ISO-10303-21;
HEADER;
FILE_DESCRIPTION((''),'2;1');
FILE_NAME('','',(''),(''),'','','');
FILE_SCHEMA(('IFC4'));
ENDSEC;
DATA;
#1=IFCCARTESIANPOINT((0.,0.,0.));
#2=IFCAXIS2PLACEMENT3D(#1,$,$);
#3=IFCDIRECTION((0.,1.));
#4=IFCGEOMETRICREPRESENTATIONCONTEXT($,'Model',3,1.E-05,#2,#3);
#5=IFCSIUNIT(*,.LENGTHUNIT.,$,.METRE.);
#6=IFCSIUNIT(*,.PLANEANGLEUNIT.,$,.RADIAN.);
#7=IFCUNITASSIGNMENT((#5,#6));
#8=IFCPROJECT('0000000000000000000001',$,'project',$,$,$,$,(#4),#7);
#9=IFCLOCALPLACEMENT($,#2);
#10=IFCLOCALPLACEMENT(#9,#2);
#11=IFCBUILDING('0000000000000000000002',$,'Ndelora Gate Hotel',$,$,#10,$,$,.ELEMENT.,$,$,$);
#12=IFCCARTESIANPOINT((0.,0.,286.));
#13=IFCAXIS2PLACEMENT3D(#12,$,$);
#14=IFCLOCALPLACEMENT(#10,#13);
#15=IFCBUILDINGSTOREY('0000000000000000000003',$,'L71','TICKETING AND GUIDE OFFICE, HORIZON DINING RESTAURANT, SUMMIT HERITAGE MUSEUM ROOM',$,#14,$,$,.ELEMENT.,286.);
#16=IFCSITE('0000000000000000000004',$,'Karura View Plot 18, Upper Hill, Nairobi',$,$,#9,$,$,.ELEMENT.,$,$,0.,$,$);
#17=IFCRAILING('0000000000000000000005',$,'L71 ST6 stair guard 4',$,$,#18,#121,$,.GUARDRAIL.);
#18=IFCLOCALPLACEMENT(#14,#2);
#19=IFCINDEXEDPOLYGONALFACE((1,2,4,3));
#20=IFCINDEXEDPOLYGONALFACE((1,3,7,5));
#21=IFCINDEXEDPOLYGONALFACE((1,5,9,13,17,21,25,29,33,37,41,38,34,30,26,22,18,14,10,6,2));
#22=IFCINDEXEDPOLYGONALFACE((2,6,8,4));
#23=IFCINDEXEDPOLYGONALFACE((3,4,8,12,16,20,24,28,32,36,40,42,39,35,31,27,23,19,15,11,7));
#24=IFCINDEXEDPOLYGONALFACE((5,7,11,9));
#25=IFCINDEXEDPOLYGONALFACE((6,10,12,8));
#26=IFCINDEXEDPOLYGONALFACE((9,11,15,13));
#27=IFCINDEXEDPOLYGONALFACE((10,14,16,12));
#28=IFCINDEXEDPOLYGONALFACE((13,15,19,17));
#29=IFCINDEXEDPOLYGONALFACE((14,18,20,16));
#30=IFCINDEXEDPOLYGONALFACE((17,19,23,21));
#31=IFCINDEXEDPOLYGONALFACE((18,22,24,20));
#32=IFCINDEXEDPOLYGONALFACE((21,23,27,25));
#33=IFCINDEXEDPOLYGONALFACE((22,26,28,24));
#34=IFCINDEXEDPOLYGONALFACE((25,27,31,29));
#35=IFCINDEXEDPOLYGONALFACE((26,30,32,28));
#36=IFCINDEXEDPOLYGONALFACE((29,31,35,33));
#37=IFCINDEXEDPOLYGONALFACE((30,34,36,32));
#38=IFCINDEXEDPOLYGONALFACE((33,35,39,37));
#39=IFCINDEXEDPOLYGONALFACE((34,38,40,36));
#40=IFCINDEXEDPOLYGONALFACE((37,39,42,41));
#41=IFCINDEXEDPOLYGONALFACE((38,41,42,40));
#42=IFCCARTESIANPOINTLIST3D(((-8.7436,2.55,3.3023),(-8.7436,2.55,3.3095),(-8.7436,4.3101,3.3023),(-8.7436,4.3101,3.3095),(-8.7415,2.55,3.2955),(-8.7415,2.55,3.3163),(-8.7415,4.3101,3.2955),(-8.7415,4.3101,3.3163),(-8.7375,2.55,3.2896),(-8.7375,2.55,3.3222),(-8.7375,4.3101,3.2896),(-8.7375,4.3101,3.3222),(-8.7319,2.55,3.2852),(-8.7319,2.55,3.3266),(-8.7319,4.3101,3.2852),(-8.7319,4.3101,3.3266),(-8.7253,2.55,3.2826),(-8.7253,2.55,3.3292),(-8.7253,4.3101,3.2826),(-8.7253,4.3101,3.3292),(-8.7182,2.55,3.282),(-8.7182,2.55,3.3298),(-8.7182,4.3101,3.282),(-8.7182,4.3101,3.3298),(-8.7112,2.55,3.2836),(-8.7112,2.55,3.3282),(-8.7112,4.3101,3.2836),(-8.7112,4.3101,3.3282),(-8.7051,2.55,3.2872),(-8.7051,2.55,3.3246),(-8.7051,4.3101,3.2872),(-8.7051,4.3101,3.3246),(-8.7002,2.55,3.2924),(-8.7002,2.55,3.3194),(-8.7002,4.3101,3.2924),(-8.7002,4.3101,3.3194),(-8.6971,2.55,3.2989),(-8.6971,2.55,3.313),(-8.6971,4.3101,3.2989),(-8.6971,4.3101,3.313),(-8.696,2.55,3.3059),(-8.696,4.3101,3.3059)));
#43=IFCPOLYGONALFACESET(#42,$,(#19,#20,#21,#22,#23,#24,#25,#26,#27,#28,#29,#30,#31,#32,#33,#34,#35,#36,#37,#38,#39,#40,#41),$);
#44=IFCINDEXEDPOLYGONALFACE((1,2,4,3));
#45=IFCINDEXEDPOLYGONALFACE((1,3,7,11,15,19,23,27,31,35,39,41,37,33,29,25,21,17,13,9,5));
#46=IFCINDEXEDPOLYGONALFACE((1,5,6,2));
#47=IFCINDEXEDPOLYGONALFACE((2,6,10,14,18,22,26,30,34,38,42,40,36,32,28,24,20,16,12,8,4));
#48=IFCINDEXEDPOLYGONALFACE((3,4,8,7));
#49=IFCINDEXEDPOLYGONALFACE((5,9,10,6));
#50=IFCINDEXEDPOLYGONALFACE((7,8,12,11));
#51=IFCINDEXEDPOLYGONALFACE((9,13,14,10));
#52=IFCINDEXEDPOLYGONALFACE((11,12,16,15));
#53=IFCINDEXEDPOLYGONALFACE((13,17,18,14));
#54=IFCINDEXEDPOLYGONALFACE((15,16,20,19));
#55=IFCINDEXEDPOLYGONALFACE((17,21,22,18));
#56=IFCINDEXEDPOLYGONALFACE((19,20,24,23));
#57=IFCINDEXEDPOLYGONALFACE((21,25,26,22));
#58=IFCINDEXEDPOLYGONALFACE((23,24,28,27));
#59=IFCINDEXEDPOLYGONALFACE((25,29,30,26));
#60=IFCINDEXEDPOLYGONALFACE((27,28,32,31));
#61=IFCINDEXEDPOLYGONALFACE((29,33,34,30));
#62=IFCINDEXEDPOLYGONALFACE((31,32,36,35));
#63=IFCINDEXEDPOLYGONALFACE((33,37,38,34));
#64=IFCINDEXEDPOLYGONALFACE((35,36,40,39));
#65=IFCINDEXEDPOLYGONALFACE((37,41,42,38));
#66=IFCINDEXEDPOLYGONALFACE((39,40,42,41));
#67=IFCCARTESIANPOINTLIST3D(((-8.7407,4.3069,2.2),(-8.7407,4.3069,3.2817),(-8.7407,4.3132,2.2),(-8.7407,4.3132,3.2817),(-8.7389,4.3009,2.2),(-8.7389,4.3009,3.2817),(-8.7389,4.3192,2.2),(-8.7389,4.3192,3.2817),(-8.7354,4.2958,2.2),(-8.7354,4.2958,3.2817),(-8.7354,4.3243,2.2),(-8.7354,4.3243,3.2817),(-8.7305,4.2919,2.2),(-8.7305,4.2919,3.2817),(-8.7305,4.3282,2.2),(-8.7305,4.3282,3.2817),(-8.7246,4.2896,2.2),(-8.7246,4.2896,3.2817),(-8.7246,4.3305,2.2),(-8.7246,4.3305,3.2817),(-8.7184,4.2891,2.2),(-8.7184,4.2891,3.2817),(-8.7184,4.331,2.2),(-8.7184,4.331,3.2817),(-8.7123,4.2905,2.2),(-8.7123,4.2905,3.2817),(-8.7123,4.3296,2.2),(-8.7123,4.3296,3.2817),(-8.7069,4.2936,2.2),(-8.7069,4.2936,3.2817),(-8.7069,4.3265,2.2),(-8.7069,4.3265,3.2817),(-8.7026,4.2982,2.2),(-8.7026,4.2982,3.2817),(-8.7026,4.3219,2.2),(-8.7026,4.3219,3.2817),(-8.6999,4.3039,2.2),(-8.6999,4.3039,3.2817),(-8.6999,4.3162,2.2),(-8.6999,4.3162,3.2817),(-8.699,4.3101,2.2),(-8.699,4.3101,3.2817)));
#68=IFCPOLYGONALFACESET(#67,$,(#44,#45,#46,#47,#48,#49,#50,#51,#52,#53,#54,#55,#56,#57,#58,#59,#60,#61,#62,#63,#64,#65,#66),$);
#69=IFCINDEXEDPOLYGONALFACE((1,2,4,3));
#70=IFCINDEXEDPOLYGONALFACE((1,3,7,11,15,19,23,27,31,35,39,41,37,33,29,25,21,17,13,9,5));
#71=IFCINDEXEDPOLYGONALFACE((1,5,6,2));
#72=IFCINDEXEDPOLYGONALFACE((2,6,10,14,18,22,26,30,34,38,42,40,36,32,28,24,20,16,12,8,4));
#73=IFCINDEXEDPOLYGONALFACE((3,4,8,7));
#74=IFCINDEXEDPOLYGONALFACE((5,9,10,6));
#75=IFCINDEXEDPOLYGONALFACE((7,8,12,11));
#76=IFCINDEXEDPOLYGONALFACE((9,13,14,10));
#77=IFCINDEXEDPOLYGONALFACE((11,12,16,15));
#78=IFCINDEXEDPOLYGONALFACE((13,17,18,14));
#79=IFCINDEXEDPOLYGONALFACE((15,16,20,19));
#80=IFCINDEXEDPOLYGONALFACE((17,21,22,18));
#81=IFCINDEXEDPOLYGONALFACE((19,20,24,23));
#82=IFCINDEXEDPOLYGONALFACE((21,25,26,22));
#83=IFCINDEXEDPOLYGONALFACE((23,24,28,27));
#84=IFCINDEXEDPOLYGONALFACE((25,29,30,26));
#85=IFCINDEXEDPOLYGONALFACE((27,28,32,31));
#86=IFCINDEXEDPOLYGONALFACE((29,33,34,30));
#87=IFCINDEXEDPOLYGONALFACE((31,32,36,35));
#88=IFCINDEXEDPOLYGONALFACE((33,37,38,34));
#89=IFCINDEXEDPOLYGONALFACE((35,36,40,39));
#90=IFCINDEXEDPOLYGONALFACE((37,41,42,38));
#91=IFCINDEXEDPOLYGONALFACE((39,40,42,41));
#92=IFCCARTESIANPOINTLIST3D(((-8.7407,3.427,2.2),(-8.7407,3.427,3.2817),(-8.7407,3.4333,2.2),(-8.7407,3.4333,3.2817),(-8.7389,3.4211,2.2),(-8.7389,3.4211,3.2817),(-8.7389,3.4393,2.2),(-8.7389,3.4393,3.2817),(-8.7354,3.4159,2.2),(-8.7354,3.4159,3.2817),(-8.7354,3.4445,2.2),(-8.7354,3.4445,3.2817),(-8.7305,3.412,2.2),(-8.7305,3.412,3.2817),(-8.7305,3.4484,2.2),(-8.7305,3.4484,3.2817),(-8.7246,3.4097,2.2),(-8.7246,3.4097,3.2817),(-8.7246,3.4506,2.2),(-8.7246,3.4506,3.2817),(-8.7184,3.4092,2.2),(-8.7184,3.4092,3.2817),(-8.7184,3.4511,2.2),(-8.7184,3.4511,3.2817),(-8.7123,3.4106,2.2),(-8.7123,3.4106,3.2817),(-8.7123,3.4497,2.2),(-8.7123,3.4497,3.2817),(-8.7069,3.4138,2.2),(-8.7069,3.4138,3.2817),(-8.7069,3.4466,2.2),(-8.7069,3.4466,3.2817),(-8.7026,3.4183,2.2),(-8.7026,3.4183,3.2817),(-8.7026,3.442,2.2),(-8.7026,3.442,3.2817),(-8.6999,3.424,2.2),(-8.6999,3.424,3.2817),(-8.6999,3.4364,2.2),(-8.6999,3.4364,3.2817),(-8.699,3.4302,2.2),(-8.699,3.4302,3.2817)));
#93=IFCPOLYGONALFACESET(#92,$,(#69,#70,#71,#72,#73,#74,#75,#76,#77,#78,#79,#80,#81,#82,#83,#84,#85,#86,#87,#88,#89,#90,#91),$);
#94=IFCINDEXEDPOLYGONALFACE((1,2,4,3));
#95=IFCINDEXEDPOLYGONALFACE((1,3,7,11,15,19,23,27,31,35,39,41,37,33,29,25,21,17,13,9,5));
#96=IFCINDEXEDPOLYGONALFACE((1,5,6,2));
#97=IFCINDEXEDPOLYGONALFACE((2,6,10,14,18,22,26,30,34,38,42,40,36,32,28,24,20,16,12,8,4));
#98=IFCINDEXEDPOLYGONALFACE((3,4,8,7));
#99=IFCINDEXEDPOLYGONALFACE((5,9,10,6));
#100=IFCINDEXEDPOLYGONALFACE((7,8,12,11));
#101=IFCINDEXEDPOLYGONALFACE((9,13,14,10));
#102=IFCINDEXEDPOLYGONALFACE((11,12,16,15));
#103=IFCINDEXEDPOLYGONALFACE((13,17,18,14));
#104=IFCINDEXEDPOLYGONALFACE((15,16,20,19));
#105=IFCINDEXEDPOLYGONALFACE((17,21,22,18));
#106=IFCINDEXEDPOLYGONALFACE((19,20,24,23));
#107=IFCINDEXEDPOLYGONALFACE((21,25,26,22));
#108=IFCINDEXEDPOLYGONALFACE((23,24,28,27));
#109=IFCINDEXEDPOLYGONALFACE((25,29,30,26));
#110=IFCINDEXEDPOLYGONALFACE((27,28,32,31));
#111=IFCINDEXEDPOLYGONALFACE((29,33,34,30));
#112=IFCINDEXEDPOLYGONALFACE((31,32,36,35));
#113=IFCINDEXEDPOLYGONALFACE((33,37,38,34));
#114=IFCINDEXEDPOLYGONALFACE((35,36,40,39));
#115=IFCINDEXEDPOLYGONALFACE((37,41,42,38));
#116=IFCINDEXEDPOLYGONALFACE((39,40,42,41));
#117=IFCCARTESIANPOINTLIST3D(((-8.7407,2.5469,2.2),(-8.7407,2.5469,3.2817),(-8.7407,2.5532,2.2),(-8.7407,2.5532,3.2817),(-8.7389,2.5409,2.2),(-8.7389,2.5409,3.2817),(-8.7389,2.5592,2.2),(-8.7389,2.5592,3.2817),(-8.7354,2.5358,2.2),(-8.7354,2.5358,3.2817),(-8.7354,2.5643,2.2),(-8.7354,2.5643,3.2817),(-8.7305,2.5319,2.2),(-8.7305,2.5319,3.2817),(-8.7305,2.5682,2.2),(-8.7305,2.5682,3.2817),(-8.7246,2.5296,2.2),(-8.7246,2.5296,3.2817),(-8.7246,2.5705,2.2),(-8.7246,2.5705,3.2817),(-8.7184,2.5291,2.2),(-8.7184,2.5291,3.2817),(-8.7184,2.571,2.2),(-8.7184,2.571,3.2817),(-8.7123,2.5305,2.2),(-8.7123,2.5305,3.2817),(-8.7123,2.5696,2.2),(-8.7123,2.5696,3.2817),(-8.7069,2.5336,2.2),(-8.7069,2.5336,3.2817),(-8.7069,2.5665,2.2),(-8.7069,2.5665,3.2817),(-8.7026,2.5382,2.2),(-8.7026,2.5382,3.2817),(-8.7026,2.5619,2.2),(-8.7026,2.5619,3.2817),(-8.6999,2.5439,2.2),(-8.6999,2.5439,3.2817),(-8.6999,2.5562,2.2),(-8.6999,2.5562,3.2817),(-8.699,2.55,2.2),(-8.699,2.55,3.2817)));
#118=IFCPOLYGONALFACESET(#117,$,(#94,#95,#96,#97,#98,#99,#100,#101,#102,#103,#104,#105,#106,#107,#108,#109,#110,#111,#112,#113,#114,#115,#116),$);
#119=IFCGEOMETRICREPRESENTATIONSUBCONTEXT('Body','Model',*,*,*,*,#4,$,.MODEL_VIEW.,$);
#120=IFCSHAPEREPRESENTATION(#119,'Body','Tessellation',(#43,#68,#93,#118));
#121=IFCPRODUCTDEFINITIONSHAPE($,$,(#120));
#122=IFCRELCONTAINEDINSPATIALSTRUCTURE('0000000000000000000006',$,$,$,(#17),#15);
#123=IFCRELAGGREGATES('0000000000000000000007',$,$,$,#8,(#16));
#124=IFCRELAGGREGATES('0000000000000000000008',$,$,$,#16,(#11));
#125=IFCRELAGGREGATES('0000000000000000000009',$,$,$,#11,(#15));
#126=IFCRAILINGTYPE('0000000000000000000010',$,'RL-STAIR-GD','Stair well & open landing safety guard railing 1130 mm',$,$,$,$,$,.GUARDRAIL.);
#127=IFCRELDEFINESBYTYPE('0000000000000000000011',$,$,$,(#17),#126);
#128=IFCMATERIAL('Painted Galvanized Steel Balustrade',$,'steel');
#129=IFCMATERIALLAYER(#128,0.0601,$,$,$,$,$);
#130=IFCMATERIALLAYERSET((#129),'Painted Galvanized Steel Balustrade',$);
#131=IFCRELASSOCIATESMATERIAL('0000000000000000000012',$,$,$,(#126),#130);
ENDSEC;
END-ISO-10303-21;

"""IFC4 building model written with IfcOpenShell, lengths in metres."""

from ifc_helpers import new_model, si_unit, direction, frame, origin, origin_2d, place, context, subcontext, project, spatial, circle, extrude, material, layer, layer_set, type_object, element, save


model = new_model("IFC4")

# Units and contexts
model_context = context("Model", 3, precision=1e-05, world=origin(), true_north=direction((0.0, 1.0)))
body_context = subcontext(model_context, "Body", "Model", "MODEL_VIEW")
ifc_project = project(units=[si_unit("LENGTHUNIT", "METRE"), si_unit("PLANEANGLEUNIT", "RADIAN")], contexts=[model_context])

# Site, building, storey
site_placement = place(None, origin())
site = spatial("IfcSite", under=ifc_project, at=site_placement, Name="Karura View Plot 18, Upper Hill, Nairobi", CompositionType="ELEMENT", RefElevation=0.0)
building_placement = place(site_placement, origin())
building = spatial("IfcBuilding", under=site, at=building_placement, Name="Ndelora Gate Hotel", CompositionType="ELEMENT")
storey_placement = place(building_placement, frame((0.0, 0.0, 286.0)))
storey = spatial("IfcBuildingStorey", under=building, at=storey_placement, Name="L71", Description="TICKETING AND GUIDE OFFICE, HORIZON DINING RESTAURANT, SUMMIT HERITAGE MUSEUM ROOM", CompositionType="ELEMENT", Elevation=286.0)

# Railing
ifc_material_1 = material(Name="Painted Galvanized Steel Balustrade", Category="steel")
ifc_layer_1 = layer(ifc_material_1, 0.0601)
ifc_layer_set_1 = layer_set([ifc_layer_1], Name="Painted Galvanized Steel Balustrade")
railing_type_1 = type_object("IfcRailingType", Name="RL-STAIR-GD", Description="Stair well & open landing safety guard railing 1130 mm", PredefinedType="GUARDRAIL", material=ifc_layer_set_1)
for number, where, name in (
    (1, (-8.72, 4.3101, 2.2), "L71 ST6 stair guard 4"),
):
    element("IfcRailing", number, at=place(storey_placement, frame(where)), inside=storey, type_object=railing_type_1, Name=name, PredefinedType="GUARDRAIL", context=body_context, shape_type="SweptSolid", body=[
        extrude(circle(Radius=0.0239, at=origin_2d()), frame((0.0, 0.0, 1.106), z_axis=(0.0, -1.0, 0.0), x_axis=(1.0, 0.0, 0.0)), (0.0, 0.0, 1.0), 1.76),
        extrude(circle(Radius=0.021, at=origin_2d()), origin(), (0.0, 0.0, 1.0), 1.0818),
        extrude(circle(Radius=0.021, at=origin_2d()), frame((0.0, -0.8799, 0.0)), (0.0, 0.0, 1.0), 1.0818),
        extrude(circle(Radius=0.021, at=origin_2d()), frame((0.0, -1.76, 0.0)), (0.0, 0.0, 1.0), 1.0818),
    ])

save(model, "model.ifc")
